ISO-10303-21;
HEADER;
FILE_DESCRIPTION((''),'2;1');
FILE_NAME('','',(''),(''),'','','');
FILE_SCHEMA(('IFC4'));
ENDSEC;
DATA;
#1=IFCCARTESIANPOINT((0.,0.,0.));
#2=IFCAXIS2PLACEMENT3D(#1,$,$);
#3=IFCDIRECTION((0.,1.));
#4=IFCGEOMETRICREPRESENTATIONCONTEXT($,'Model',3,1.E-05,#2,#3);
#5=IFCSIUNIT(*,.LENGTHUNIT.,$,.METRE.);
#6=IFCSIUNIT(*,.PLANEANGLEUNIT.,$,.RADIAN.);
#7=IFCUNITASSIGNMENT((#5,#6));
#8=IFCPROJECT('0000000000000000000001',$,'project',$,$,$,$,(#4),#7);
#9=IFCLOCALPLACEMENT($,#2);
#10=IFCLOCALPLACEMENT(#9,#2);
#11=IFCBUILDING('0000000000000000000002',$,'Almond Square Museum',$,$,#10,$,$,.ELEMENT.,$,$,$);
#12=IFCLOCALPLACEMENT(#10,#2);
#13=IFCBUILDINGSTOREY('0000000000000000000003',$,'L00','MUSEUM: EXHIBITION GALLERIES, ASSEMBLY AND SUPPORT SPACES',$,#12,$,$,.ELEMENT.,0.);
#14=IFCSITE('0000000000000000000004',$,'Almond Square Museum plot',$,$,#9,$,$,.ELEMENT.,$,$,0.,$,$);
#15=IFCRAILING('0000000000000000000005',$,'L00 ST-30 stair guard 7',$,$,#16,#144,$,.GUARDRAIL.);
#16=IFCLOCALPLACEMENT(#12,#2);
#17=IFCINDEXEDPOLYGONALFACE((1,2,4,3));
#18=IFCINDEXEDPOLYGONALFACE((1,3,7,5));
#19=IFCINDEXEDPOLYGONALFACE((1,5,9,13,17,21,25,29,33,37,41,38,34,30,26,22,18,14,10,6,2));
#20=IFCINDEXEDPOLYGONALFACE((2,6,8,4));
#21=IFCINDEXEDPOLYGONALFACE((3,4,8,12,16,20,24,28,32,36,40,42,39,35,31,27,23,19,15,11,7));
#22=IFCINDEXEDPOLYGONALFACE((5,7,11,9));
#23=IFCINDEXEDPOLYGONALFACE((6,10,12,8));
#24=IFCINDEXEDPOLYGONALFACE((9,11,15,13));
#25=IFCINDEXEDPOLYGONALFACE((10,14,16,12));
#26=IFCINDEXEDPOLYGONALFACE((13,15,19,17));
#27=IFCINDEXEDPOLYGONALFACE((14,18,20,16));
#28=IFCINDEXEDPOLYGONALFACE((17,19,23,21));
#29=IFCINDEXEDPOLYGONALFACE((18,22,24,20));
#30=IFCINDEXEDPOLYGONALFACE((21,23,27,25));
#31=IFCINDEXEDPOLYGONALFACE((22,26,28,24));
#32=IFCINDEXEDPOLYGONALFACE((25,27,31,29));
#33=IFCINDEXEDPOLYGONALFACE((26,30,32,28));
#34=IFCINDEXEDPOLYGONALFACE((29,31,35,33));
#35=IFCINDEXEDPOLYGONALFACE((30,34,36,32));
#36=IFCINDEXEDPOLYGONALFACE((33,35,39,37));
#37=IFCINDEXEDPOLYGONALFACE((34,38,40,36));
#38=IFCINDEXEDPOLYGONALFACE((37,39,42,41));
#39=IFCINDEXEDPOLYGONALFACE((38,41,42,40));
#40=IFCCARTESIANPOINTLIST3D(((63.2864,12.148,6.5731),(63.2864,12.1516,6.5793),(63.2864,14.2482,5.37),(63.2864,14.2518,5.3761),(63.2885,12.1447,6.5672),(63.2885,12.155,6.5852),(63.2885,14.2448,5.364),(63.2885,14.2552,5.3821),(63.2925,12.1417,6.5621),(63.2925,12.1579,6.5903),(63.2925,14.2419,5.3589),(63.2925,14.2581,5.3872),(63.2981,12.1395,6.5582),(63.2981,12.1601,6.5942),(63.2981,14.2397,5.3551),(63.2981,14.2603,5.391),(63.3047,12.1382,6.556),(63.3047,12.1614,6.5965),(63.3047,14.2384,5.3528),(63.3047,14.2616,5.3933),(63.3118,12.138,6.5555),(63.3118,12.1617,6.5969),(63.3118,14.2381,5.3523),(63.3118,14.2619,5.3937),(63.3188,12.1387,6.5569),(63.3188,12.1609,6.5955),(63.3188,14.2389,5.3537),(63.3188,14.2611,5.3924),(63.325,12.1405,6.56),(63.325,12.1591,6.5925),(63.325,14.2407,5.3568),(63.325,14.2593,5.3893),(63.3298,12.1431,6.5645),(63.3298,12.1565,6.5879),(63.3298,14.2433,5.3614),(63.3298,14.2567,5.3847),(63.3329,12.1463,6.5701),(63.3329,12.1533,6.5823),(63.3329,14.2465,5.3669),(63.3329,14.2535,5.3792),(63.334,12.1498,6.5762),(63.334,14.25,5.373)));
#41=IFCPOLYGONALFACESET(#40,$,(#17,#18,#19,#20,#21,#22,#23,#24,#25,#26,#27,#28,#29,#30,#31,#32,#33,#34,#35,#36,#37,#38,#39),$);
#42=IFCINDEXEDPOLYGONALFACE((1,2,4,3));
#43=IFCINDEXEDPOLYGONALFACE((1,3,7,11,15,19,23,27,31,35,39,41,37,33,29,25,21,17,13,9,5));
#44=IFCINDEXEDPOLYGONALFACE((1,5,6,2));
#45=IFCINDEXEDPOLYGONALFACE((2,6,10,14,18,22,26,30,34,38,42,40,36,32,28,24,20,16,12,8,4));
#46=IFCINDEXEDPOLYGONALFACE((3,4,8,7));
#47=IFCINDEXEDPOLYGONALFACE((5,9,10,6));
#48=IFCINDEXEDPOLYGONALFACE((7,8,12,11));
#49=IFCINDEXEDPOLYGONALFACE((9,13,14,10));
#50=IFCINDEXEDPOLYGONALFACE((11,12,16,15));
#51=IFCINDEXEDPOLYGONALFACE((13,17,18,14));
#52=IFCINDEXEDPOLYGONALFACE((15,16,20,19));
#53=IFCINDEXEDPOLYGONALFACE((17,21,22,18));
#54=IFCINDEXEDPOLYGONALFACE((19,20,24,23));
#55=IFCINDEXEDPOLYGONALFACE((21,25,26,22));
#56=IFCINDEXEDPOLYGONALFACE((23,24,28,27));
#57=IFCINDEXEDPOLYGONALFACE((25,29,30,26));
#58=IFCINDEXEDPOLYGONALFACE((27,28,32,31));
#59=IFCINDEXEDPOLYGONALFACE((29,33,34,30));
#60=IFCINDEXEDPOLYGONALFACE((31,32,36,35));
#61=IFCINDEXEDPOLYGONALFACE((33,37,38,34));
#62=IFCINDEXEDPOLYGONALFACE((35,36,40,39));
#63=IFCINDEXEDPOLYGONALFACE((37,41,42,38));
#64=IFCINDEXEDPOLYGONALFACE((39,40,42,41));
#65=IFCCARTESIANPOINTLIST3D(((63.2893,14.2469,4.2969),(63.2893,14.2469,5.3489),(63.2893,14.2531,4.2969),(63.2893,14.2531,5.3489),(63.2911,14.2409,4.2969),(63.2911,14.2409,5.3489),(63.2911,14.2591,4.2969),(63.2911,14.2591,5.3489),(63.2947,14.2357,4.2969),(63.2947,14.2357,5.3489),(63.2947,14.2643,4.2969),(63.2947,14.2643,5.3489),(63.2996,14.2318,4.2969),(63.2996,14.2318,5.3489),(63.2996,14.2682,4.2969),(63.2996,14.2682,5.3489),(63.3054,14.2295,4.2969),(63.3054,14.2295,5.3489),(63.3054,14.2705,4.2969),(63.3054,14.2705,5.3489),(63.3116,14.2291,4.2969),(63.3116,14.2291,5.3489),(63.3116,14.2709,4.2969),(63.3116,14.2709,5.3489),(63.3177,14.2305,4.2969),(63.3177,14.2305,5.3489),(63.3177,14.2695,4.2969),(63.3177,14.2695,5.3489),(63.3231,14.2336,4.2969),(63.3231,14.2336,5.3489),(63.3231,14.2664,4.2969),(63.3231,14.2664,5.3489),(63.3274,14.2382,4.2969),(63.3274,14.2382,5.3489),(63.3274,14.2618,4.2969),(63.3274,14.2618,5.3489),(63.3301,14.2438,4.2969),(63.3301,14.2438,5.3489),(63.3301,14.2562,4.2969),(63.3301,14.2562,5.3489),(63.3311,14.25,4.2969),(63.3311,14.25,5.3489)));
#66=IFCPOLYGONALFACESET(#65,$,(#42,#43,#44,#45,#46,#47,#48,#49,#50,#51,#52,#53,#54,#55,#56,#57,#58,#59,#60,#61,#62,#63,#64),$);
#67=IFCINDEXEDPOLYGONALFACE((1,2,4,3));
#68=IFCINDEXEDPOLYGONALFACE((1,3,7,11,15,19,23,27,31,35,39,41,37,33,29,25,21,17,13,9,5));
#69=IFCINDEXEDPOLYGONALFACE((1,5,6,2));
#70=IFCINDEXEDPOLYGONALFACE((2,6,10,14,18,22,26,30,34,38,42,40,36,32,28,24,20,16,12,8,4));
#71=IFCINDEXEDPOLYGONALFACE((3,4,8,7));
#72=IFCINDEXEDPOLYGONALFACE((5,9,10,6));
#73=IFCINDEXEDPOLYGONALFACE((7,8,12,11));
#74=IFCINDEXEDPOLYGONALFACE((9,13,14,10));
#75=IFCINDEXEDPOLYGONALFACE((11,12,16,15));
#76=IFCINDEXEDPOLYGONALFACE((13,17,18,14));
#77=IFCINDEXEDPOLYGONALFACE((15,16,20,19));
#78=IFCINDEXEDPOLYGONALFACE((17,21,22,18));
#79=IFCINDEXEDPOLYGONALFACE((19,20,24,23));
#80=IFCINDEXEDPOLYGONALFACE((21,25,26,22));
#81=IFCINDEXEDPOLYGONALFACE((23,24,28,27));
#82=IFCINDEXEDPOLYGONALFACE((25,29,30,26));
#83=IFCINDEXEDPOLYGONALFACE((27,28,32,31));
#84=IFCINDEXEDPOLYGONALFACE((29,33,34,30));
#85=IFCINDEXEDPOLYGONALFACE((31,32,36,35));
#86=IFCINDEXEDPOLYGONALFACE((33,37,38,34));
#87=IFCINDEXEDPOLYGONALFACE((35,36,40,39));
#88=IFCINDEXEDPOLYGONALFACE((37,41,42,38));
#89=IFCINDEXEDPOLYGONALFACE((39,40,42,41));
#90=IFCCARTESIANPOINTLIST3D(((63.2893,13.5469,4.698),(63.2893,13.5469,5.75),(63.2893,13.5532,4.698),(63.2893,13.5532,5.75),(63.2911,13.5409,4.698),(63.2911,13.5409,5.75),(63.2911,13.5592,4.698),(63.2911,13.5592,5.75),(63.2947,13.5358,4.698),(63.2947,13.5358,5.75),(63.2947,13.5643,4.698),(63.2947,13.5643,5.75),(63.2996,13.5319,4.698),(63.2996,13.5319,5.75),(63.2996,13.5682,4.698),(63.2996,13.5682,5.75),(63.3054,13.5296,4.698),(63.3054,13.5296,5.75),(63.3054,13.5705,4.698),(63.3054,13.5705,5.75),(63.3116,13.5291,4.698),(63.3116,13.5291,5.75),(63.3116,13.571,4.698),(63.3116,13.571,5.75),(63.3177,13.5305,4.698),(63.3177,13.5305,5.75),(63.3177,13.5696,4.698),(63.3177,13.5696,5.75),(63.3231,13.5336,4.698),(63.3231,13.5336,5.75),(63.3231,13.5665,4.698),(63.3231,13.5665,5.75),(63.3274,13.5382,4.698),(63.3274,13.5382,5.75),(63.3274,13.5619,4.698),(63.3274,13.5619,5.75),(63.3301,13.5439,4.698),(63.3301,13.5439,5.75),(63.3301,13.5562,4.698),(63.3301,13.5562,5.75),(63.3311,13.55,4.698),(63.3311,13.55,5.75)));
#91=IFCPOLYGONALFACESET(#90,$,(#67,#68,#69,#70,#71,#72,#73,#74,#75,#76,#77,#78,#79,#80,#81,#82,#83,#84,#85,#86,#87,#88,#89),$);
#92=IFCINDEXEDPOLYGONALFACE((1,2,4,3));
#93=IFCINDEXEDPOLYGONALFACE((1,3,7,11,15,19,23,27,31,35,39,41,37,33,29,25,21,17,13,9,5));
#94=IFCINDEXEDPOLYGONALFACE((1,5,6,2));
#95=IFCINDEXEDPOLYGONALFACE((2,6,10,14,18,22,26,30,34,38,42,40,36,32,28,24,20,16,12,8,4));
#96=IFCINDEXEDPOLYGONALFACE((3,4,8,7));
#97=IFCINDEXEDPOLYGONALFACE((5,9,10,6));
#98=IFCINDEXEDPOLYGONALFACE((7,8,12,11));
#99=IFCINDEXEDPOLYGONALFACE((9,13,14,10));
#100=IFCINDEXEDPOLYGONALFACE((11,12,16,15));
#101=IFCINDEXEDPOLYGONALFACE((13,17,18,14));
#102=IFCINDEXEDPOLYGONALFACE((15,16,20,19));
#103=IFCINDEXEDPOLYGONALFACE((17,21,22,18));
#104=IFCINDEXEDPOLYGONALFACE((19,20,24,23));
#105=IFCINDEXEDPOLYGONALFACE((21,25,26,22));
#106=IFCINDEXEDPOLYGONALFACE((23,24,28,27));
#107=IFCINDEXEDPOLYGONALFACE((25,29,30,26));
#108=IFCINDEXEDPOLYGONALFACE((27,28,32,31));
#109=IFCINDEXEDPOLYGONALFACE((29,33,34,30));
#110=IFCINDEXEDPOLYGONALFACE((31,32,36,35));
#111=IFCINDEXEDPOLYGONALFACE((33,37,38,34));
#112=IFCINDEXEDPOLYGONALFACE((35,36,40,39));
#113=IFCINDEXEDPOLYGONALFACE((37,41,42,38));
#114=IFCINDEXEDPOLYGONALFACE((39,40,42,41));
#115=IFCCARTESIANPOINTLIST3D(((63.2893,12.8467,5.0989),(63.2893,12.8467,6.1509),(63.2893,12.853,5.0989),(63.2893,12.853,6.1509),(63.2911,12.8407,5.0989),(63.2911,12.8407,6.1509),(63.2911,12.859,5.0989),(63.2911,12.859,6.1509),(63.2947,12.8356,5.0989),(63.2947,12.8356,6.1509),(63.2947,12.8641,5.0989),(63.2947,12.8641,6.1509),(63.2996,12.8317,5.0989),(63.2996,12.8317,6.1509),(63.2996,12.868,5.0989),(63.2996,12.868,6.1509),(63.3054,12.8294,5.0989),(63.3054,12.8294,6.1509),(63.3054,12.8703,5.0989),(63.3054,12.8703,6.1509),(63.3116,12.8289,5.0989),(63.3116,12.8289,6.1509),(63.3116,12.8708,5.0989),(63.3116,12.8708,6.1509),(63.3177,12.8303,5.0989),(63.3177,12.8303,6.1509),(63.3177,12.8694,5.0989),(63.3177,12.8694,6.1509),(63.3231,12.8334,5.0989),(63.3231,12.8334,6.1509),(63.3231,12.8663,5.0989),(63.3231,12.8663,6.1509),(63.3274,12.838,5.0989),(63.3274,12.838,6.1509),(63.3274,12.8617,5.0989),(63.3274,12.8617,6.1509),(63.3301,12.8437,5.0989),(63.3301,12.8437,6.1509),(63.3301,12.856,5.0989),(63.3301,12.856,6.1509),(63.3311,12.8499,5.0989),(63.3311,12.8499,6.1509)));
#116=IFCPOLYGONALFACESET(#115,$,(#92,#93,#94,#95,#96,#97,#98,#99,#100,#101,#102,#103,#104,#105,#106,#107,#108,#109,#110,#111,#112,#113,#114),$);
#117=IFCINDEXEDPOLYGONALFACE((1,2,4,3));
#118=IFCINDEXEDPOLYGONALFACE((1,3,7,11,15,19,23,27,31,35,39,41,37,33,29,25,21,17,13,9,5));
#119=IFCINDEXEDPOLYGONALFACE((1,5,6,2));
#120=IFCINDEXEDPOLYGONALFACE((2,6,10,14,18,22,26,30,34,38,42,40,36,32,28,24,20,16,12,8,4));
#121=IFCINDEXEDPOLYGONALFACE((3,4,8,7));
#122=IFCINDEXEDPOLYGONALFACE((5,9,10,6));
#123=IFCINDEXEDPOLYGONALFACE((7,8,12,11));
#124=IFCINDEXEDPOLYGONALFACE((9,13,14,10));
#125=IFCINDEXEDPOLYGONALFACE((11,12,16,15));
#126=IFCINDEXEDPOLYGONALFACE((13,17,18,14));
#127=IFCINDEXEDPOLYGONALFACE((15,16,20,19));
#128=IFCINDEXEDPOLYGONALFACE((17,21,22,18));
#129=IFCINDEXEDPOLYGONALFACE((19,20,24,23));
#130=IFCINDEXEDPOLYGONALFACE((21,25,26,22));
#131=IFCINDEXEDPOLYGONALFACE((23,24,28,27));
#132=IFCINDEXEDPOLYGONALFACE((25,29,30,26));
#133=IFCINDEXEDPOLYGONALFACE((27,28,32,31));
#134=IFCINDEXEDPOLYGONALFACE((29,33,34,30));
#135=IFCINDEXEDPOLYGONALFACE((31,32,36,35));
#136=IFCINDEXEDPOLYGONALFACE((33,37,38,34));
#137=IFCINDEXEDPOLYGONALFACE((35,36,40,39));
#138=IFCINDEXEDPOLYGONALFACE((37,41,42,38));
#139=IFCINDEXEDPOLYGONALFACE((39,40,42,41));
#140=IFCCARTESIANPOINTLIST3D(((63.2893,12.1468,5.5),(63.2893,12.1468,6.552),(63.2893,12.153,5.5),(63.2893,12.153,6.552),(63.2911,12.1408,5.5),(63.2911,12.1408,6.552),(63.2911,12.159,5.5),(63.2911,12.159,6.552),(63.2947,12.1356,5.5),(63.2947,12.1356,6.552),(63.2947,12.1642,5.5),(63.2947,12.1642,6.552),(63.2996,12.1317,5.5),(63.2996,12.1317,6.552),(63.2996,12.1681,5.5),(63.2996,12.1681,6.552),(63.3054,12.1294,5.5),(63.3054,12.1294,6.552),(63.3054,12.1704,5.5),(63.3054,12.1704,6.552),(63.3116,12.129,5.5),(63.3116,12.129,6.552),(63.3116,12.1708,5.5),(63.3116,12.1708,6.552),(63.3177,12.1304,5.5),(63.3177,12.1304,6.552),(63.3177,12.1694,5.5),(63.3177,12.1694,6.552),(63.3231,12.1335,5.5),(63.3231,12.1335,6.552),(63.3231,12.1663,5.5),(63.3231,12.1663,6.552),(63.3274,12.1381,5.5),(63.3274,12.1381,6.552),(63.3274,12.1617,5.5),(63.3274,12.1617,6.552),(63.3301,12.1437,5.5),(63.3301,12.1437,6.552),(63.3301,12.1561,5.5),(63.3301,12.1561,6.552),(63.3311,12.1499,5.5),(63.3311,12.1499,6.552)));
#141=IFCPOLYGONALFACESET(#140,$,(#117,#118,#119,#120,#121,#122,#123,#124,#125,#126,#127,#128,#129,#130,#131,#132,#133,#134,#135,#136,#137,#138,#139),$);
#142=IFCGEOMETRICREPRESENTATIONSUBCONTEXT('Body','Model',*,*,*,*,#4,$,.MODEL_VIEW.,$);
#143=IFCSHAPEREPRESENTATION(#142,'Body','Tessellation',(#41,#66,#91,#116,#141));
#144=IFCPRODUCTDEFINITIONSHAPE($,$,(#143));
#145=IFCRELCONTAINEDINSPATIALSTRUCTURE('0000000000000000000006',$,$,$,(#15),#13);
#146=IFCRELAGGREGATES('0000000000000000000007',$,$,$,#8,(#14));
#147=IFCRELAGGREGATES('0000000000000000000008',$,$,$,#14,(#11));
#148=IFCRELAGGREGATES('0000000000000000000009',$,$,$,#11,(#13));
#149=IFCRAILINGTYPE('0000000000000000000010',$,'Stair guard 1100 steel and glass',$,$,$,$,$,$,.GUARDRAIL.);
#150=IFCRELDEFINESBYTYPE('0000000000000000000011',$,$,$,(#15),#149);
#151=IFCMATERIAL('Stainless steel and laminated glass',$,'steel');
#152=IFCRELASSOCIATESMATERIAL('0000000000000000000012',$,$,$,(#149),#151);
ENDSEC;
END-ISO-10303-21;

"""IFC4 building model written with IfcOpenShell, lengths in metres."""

from ifc_helpers import new_model, si_unit, direction, frame, origin, origin_2d, place, context, subcontext, project, spatial, circle, extrude, material, type_object, element, save


model = new_model("IFC4")

# Units and contexts
model_context = context("Model", 3, precision=1e-05, world=origin(), true_north=direction((0.0, 1.0)))
body_context = subcontext(model_context, "Body", "Model", "MODEL_VIEW")
ifc_project = project(units=[si_unit("LENGTHUNIT", "METRE"), si_unit("PLANEANGLEUNIT", "RADIAN")], contexts=[model_context])

# Site, building, storey
site_placement = place(None, origin())
site = spatial("IfcSite", under=ifc_project, at=site_placement, Name="Almond Square Museum plot", CompositionType="ELEMENT", RefElevation=0.0)
building_placement = place(site_placement, origin())
building = spatial("IfcBuilding", under=site, at=building_placement, Name="Almond Square Museum", CompositionType="ELEMENT")
storey_placement = place(building_placement, origin())
storey = spatial("IfcBuildingStorey", under=building, at=storey_placement, Name="L00", Description="MUSEUM: EXHIBITION GALLERIES, ASSEMBLY AND SUPPORT SPACES", CompositionType="ELEMENT", Elevation=0.0)

# Railing
ifc_material_1 = material(Name="Stainless steel and laminated glass", Category="steel")
railing_type_1 = type_object("IfcRailingType", Name="Stair guard 1100 steel and glass", PredefinedType="GUARDRAIL", material=ifc_material_1)
railing_1_placement = place(storey_placement, frame((63.3101, 14.25, 4.2969)))
element("IfcRailing", 1, at=railing_1_placement, inside=storey, type_object=railing_type_1, Name="L00 ST-30 stair guard 7", PredefinedType="GUARDRAIL", context=body_context, shape_type="SweptSolid", body=[
    extrude(circle(Radius=0.0239, at=origin_2d()), frame((0.0, 0.0, 1.0762), z_axis=(0.0, -0.867696, 0.497095), x_axis=(1.0, 0.0, 0.0)), (0.0, 0.0, 1.0), 2.4204),
    extrude(circle(Radius=0.021, at=origin_2d()), origin(), (0.0, 0.0, 1.0), 1.052),
    extrude(circle(Radius=0.021, at=origin_2d()), frame((0.0, -0.7, 0.4011)), (0.0, 0.0, 1.0), 1.052),
    extrude(circle(Radius=0.021, at=origin_2d()), frame((0.0, -1.4001, 0.802)), (0.0, 0.0, 1.0), 1.052),
    extrude(circle(Radius=0.021, at=origin_2d()), frame((0.0, -2.1001, 1.2031)), (0.0, 0.0, 1.0), 1.052),
])

save(model, "model.ifc")
